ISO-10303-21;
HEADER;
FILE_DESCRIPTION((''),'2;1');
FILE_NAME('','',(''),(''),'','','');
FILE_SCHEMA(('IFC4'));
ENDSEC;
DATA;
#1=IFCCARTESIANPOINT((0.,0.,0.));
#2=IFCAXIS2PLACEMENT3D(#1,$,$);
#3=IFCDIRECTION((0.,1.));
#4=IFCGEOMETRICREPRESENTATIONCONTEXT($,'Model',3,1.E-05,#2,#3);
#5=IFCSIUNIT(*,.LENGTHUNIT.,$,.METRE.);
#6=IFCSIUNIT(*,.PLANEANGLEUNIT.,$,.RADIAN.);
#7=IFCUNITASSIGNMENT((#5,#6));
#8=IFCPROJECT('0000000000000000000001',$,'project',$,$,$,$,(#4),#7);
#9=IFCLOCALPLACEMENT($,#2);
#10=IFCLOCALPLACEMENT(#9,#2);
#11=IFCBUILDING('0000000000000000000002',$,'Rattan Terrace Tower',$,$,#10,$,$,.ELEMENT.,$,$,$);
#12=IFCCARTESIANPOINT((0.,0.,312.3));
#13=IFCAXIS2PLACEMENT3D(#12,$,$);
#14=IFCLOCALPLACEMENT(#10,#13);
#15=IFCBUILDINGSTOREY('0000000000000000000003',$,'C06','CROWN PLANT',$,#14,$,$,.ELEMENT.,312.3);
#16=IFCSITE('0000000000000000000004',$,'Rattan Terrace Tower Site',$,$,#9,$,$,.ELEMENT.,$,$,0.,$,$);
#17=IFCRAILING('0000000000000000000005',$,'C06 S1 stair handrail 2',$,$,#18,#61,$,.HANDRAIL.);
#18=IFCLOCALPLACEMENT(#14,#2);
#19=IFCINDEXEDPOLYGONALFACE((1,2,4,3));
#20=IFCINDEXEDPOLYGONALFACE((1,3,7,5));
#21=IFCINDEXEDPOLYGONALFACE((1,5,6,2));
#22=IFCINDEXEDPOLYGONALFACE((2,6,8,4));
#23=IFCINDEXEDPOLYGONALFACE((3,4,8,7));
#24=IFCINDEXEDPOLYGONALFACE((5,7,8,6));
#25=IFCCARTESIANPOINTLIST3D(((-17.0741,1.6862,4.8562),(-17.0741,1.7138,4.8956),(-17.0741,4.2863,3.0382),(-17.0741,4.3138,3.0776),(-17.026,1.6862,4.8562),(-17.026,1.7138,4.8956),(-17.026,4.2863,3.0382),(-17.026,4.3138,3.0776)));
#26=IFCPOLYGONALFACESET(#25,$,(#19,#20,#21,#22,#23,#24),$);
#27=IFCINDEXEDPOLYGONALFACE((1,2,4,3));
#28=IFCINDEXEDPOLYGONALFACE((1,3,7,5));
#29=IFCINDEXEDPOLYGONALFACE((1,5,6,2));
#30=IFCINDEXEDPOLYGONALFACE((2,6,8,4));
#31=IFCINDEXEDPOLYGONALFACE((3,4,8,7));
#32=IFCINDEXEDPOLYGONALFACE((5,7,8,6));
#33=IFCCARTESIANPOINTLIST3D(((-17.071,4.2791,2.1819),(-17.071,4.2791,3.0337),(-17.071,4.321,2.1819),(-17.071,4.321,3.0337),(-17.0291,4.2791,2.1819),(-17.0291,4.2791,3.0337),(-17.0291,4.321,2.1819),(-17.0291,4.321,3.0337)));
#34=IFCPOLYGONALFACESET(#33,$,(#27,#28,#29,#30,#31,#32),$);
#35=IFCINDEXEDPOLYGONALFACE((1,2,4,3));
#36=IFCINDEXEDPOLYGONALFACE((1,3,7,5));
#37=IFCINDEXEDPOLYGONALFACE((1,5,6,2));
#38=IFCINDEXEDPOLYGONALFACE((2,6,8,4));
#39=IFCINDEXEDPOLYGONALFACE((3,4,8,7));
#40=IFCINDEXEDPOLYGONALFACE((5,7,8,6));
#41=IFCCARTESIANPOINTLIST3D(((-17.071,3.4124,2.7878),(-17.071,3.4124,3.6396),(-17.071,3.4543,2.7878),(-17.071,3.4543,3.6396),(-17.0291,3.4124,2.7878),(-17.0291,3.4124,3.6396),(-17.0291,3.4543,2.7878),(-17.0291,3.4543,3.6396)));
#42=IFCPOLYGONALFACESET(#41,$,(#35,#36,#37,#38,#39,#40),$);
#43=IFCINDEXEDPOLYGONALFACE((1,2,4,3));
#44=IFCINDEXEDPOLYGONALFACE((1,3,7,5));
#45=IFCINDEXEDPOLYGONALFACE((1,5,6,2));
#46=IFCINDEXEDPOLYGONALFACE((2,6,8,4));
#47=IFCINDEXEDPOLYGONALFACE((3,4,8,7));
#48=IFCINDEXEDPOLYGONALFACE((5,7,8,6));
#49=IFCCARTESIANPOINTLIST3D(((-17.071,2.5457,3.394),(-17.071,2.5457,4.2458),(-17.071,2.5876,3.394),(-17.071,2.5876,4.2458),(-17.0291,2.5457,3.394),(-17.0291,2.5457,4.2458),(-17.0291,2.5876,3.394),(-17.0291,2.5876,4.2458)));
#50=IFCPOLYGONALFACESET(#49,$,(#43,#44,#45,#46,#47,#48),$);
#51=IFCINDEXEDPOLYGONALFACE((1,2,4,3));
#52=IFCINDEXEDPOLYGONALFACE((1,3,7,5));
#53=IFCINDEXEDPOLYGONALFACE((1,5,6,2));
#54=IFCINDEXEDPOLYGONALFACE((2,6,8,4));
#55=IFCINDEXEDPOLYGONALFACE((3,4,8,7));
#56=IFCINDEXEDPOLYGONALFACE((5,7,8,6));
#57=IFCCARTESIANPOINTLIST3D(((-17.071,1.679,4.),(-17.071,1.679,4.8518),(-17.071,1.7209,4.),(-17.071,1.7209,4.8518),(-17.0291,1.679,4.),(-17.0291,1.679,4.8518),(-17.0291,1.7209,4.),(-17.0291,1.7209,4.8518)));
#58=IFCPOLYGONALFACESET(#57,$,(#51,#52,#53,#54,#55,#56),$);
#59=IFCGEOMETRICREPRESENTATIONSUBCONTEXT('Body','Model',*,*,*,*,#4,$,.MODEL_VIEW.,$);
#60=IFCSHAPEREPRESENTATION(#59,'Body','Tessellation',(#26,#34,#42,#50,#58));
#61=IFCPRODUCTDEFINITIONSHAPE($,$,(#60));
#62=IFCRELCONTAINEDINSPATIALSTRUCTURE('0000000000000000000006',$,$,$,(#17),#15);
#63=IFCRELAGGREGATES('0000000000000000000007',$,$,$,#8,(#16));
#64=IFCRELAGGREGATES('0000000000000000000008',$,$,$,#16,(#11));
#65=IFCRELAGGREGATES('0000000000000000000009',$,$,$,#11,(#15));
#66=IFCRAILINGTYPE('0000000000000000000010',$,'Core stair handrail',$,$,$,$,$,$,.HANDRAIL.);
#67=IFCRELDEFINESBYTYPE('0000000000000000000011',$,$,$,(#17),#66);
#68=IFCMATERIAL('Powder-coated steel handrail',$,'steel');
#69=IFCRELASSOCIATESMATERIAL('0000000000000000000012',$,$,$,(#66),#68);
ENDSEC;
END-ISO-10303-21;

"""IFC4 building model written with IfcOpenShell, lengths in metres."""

from ifc_helpers import new_model, si_unit, direction, frame, origin, origin_2d, place, context, subcontext, project, spatial, rectangle, extrude, material, type_object, element, save


model = new_model("IFC4")

# Units and contexts
model_context = context("Model", 3, precision=1e-05, world=origin(), true_north=direction((0.0, 1.0)))
body_context = subcontext(model_context, "Body", "Model", "MODEL_VIEW")
ifc_project = project(units=[si_unit("LENGTHUNIT", "METRE"), si_unit("PLANEANGLEUNIT", "RADIAN")], contexts=[model_context])

# Site, building, storey
site_placement = place(None, origin())
site = spatial("IfcSite", under=ifc_project, at=site_placement, Name="Rattan Terrace Tower Site", CompositionType="ELEMENT", RefElevation=0.0)
building_placement = place(site_placement, origin())
building = spatial("IfcBuilding", under=site, at=building_placement, Name="Rattan Terrace Tower", CompositionType="ELEMENT")
storey_placement = place(building_placement, frame((0.0, 0.0, 312.3)))
storey = spatial("IfcBuildingStorey", under=building, at=storey_placement, Name="C06", Description="CROWN PLANT", CompositionType="ELEMENT", Elevation=312.3)

# Railing
ifc_material_1 = material(Name="Powder-coated steel handrail", Category="steel")
railing_type_1 = type_object("IfcRailingType", Name="Core stair handrail", PredefinedType="HANDRAIL", material=ifc_material_1)
railing_1_placement = place(storey_placement, frame((-17.05, 4.3, 2.1819)))
element("IfcRailing", 1, at=railing_1_placement, inside=storey, type_object=railing_type_1, Name="C06 S1 stair handrail 2", PredefinedType="HANDRAIL", context=body_context, shape_type="SweptSolid", body=[
    extrude(rectangle(XDim=0.0481, YDim=0.0481, at=origin_2d()), frame((0.0, 0.0, 0.876), z_axis=(0.0, -0.819521, 0.573049), x_axis=(1.0, 0.0, 0.0)), (0.0, 0.0, 1.0), 3.1726),
    extrude(rectangle(XDim=0.042, YDim=0.042, at=origin_2d()), origin(), (0.0, 0.0, 1.0), 0.8518),
    extrude(rectangle(XDim=0.042, YDim=0.042, at=origin_2d()), frame((0.0, -0.8667, 0.606)), (0.0, 0.0, 1.0), 0.8518),
    extrude(rectangle(XDim=0.042, YDim=0.042, at=origin_2d()), frame((0.0, -1.7334, 1.2122)), (0.0, 0.0, 1.0), 0.8518),
    extrude(rectangle(XDim=0.042, YDim=0.042, at=origin_2d()), frame((0.0, -2.6001, 1.8181)), (0.0, 0.0, 1.0), 0.8518),
])

save(model, "model.ifc")
